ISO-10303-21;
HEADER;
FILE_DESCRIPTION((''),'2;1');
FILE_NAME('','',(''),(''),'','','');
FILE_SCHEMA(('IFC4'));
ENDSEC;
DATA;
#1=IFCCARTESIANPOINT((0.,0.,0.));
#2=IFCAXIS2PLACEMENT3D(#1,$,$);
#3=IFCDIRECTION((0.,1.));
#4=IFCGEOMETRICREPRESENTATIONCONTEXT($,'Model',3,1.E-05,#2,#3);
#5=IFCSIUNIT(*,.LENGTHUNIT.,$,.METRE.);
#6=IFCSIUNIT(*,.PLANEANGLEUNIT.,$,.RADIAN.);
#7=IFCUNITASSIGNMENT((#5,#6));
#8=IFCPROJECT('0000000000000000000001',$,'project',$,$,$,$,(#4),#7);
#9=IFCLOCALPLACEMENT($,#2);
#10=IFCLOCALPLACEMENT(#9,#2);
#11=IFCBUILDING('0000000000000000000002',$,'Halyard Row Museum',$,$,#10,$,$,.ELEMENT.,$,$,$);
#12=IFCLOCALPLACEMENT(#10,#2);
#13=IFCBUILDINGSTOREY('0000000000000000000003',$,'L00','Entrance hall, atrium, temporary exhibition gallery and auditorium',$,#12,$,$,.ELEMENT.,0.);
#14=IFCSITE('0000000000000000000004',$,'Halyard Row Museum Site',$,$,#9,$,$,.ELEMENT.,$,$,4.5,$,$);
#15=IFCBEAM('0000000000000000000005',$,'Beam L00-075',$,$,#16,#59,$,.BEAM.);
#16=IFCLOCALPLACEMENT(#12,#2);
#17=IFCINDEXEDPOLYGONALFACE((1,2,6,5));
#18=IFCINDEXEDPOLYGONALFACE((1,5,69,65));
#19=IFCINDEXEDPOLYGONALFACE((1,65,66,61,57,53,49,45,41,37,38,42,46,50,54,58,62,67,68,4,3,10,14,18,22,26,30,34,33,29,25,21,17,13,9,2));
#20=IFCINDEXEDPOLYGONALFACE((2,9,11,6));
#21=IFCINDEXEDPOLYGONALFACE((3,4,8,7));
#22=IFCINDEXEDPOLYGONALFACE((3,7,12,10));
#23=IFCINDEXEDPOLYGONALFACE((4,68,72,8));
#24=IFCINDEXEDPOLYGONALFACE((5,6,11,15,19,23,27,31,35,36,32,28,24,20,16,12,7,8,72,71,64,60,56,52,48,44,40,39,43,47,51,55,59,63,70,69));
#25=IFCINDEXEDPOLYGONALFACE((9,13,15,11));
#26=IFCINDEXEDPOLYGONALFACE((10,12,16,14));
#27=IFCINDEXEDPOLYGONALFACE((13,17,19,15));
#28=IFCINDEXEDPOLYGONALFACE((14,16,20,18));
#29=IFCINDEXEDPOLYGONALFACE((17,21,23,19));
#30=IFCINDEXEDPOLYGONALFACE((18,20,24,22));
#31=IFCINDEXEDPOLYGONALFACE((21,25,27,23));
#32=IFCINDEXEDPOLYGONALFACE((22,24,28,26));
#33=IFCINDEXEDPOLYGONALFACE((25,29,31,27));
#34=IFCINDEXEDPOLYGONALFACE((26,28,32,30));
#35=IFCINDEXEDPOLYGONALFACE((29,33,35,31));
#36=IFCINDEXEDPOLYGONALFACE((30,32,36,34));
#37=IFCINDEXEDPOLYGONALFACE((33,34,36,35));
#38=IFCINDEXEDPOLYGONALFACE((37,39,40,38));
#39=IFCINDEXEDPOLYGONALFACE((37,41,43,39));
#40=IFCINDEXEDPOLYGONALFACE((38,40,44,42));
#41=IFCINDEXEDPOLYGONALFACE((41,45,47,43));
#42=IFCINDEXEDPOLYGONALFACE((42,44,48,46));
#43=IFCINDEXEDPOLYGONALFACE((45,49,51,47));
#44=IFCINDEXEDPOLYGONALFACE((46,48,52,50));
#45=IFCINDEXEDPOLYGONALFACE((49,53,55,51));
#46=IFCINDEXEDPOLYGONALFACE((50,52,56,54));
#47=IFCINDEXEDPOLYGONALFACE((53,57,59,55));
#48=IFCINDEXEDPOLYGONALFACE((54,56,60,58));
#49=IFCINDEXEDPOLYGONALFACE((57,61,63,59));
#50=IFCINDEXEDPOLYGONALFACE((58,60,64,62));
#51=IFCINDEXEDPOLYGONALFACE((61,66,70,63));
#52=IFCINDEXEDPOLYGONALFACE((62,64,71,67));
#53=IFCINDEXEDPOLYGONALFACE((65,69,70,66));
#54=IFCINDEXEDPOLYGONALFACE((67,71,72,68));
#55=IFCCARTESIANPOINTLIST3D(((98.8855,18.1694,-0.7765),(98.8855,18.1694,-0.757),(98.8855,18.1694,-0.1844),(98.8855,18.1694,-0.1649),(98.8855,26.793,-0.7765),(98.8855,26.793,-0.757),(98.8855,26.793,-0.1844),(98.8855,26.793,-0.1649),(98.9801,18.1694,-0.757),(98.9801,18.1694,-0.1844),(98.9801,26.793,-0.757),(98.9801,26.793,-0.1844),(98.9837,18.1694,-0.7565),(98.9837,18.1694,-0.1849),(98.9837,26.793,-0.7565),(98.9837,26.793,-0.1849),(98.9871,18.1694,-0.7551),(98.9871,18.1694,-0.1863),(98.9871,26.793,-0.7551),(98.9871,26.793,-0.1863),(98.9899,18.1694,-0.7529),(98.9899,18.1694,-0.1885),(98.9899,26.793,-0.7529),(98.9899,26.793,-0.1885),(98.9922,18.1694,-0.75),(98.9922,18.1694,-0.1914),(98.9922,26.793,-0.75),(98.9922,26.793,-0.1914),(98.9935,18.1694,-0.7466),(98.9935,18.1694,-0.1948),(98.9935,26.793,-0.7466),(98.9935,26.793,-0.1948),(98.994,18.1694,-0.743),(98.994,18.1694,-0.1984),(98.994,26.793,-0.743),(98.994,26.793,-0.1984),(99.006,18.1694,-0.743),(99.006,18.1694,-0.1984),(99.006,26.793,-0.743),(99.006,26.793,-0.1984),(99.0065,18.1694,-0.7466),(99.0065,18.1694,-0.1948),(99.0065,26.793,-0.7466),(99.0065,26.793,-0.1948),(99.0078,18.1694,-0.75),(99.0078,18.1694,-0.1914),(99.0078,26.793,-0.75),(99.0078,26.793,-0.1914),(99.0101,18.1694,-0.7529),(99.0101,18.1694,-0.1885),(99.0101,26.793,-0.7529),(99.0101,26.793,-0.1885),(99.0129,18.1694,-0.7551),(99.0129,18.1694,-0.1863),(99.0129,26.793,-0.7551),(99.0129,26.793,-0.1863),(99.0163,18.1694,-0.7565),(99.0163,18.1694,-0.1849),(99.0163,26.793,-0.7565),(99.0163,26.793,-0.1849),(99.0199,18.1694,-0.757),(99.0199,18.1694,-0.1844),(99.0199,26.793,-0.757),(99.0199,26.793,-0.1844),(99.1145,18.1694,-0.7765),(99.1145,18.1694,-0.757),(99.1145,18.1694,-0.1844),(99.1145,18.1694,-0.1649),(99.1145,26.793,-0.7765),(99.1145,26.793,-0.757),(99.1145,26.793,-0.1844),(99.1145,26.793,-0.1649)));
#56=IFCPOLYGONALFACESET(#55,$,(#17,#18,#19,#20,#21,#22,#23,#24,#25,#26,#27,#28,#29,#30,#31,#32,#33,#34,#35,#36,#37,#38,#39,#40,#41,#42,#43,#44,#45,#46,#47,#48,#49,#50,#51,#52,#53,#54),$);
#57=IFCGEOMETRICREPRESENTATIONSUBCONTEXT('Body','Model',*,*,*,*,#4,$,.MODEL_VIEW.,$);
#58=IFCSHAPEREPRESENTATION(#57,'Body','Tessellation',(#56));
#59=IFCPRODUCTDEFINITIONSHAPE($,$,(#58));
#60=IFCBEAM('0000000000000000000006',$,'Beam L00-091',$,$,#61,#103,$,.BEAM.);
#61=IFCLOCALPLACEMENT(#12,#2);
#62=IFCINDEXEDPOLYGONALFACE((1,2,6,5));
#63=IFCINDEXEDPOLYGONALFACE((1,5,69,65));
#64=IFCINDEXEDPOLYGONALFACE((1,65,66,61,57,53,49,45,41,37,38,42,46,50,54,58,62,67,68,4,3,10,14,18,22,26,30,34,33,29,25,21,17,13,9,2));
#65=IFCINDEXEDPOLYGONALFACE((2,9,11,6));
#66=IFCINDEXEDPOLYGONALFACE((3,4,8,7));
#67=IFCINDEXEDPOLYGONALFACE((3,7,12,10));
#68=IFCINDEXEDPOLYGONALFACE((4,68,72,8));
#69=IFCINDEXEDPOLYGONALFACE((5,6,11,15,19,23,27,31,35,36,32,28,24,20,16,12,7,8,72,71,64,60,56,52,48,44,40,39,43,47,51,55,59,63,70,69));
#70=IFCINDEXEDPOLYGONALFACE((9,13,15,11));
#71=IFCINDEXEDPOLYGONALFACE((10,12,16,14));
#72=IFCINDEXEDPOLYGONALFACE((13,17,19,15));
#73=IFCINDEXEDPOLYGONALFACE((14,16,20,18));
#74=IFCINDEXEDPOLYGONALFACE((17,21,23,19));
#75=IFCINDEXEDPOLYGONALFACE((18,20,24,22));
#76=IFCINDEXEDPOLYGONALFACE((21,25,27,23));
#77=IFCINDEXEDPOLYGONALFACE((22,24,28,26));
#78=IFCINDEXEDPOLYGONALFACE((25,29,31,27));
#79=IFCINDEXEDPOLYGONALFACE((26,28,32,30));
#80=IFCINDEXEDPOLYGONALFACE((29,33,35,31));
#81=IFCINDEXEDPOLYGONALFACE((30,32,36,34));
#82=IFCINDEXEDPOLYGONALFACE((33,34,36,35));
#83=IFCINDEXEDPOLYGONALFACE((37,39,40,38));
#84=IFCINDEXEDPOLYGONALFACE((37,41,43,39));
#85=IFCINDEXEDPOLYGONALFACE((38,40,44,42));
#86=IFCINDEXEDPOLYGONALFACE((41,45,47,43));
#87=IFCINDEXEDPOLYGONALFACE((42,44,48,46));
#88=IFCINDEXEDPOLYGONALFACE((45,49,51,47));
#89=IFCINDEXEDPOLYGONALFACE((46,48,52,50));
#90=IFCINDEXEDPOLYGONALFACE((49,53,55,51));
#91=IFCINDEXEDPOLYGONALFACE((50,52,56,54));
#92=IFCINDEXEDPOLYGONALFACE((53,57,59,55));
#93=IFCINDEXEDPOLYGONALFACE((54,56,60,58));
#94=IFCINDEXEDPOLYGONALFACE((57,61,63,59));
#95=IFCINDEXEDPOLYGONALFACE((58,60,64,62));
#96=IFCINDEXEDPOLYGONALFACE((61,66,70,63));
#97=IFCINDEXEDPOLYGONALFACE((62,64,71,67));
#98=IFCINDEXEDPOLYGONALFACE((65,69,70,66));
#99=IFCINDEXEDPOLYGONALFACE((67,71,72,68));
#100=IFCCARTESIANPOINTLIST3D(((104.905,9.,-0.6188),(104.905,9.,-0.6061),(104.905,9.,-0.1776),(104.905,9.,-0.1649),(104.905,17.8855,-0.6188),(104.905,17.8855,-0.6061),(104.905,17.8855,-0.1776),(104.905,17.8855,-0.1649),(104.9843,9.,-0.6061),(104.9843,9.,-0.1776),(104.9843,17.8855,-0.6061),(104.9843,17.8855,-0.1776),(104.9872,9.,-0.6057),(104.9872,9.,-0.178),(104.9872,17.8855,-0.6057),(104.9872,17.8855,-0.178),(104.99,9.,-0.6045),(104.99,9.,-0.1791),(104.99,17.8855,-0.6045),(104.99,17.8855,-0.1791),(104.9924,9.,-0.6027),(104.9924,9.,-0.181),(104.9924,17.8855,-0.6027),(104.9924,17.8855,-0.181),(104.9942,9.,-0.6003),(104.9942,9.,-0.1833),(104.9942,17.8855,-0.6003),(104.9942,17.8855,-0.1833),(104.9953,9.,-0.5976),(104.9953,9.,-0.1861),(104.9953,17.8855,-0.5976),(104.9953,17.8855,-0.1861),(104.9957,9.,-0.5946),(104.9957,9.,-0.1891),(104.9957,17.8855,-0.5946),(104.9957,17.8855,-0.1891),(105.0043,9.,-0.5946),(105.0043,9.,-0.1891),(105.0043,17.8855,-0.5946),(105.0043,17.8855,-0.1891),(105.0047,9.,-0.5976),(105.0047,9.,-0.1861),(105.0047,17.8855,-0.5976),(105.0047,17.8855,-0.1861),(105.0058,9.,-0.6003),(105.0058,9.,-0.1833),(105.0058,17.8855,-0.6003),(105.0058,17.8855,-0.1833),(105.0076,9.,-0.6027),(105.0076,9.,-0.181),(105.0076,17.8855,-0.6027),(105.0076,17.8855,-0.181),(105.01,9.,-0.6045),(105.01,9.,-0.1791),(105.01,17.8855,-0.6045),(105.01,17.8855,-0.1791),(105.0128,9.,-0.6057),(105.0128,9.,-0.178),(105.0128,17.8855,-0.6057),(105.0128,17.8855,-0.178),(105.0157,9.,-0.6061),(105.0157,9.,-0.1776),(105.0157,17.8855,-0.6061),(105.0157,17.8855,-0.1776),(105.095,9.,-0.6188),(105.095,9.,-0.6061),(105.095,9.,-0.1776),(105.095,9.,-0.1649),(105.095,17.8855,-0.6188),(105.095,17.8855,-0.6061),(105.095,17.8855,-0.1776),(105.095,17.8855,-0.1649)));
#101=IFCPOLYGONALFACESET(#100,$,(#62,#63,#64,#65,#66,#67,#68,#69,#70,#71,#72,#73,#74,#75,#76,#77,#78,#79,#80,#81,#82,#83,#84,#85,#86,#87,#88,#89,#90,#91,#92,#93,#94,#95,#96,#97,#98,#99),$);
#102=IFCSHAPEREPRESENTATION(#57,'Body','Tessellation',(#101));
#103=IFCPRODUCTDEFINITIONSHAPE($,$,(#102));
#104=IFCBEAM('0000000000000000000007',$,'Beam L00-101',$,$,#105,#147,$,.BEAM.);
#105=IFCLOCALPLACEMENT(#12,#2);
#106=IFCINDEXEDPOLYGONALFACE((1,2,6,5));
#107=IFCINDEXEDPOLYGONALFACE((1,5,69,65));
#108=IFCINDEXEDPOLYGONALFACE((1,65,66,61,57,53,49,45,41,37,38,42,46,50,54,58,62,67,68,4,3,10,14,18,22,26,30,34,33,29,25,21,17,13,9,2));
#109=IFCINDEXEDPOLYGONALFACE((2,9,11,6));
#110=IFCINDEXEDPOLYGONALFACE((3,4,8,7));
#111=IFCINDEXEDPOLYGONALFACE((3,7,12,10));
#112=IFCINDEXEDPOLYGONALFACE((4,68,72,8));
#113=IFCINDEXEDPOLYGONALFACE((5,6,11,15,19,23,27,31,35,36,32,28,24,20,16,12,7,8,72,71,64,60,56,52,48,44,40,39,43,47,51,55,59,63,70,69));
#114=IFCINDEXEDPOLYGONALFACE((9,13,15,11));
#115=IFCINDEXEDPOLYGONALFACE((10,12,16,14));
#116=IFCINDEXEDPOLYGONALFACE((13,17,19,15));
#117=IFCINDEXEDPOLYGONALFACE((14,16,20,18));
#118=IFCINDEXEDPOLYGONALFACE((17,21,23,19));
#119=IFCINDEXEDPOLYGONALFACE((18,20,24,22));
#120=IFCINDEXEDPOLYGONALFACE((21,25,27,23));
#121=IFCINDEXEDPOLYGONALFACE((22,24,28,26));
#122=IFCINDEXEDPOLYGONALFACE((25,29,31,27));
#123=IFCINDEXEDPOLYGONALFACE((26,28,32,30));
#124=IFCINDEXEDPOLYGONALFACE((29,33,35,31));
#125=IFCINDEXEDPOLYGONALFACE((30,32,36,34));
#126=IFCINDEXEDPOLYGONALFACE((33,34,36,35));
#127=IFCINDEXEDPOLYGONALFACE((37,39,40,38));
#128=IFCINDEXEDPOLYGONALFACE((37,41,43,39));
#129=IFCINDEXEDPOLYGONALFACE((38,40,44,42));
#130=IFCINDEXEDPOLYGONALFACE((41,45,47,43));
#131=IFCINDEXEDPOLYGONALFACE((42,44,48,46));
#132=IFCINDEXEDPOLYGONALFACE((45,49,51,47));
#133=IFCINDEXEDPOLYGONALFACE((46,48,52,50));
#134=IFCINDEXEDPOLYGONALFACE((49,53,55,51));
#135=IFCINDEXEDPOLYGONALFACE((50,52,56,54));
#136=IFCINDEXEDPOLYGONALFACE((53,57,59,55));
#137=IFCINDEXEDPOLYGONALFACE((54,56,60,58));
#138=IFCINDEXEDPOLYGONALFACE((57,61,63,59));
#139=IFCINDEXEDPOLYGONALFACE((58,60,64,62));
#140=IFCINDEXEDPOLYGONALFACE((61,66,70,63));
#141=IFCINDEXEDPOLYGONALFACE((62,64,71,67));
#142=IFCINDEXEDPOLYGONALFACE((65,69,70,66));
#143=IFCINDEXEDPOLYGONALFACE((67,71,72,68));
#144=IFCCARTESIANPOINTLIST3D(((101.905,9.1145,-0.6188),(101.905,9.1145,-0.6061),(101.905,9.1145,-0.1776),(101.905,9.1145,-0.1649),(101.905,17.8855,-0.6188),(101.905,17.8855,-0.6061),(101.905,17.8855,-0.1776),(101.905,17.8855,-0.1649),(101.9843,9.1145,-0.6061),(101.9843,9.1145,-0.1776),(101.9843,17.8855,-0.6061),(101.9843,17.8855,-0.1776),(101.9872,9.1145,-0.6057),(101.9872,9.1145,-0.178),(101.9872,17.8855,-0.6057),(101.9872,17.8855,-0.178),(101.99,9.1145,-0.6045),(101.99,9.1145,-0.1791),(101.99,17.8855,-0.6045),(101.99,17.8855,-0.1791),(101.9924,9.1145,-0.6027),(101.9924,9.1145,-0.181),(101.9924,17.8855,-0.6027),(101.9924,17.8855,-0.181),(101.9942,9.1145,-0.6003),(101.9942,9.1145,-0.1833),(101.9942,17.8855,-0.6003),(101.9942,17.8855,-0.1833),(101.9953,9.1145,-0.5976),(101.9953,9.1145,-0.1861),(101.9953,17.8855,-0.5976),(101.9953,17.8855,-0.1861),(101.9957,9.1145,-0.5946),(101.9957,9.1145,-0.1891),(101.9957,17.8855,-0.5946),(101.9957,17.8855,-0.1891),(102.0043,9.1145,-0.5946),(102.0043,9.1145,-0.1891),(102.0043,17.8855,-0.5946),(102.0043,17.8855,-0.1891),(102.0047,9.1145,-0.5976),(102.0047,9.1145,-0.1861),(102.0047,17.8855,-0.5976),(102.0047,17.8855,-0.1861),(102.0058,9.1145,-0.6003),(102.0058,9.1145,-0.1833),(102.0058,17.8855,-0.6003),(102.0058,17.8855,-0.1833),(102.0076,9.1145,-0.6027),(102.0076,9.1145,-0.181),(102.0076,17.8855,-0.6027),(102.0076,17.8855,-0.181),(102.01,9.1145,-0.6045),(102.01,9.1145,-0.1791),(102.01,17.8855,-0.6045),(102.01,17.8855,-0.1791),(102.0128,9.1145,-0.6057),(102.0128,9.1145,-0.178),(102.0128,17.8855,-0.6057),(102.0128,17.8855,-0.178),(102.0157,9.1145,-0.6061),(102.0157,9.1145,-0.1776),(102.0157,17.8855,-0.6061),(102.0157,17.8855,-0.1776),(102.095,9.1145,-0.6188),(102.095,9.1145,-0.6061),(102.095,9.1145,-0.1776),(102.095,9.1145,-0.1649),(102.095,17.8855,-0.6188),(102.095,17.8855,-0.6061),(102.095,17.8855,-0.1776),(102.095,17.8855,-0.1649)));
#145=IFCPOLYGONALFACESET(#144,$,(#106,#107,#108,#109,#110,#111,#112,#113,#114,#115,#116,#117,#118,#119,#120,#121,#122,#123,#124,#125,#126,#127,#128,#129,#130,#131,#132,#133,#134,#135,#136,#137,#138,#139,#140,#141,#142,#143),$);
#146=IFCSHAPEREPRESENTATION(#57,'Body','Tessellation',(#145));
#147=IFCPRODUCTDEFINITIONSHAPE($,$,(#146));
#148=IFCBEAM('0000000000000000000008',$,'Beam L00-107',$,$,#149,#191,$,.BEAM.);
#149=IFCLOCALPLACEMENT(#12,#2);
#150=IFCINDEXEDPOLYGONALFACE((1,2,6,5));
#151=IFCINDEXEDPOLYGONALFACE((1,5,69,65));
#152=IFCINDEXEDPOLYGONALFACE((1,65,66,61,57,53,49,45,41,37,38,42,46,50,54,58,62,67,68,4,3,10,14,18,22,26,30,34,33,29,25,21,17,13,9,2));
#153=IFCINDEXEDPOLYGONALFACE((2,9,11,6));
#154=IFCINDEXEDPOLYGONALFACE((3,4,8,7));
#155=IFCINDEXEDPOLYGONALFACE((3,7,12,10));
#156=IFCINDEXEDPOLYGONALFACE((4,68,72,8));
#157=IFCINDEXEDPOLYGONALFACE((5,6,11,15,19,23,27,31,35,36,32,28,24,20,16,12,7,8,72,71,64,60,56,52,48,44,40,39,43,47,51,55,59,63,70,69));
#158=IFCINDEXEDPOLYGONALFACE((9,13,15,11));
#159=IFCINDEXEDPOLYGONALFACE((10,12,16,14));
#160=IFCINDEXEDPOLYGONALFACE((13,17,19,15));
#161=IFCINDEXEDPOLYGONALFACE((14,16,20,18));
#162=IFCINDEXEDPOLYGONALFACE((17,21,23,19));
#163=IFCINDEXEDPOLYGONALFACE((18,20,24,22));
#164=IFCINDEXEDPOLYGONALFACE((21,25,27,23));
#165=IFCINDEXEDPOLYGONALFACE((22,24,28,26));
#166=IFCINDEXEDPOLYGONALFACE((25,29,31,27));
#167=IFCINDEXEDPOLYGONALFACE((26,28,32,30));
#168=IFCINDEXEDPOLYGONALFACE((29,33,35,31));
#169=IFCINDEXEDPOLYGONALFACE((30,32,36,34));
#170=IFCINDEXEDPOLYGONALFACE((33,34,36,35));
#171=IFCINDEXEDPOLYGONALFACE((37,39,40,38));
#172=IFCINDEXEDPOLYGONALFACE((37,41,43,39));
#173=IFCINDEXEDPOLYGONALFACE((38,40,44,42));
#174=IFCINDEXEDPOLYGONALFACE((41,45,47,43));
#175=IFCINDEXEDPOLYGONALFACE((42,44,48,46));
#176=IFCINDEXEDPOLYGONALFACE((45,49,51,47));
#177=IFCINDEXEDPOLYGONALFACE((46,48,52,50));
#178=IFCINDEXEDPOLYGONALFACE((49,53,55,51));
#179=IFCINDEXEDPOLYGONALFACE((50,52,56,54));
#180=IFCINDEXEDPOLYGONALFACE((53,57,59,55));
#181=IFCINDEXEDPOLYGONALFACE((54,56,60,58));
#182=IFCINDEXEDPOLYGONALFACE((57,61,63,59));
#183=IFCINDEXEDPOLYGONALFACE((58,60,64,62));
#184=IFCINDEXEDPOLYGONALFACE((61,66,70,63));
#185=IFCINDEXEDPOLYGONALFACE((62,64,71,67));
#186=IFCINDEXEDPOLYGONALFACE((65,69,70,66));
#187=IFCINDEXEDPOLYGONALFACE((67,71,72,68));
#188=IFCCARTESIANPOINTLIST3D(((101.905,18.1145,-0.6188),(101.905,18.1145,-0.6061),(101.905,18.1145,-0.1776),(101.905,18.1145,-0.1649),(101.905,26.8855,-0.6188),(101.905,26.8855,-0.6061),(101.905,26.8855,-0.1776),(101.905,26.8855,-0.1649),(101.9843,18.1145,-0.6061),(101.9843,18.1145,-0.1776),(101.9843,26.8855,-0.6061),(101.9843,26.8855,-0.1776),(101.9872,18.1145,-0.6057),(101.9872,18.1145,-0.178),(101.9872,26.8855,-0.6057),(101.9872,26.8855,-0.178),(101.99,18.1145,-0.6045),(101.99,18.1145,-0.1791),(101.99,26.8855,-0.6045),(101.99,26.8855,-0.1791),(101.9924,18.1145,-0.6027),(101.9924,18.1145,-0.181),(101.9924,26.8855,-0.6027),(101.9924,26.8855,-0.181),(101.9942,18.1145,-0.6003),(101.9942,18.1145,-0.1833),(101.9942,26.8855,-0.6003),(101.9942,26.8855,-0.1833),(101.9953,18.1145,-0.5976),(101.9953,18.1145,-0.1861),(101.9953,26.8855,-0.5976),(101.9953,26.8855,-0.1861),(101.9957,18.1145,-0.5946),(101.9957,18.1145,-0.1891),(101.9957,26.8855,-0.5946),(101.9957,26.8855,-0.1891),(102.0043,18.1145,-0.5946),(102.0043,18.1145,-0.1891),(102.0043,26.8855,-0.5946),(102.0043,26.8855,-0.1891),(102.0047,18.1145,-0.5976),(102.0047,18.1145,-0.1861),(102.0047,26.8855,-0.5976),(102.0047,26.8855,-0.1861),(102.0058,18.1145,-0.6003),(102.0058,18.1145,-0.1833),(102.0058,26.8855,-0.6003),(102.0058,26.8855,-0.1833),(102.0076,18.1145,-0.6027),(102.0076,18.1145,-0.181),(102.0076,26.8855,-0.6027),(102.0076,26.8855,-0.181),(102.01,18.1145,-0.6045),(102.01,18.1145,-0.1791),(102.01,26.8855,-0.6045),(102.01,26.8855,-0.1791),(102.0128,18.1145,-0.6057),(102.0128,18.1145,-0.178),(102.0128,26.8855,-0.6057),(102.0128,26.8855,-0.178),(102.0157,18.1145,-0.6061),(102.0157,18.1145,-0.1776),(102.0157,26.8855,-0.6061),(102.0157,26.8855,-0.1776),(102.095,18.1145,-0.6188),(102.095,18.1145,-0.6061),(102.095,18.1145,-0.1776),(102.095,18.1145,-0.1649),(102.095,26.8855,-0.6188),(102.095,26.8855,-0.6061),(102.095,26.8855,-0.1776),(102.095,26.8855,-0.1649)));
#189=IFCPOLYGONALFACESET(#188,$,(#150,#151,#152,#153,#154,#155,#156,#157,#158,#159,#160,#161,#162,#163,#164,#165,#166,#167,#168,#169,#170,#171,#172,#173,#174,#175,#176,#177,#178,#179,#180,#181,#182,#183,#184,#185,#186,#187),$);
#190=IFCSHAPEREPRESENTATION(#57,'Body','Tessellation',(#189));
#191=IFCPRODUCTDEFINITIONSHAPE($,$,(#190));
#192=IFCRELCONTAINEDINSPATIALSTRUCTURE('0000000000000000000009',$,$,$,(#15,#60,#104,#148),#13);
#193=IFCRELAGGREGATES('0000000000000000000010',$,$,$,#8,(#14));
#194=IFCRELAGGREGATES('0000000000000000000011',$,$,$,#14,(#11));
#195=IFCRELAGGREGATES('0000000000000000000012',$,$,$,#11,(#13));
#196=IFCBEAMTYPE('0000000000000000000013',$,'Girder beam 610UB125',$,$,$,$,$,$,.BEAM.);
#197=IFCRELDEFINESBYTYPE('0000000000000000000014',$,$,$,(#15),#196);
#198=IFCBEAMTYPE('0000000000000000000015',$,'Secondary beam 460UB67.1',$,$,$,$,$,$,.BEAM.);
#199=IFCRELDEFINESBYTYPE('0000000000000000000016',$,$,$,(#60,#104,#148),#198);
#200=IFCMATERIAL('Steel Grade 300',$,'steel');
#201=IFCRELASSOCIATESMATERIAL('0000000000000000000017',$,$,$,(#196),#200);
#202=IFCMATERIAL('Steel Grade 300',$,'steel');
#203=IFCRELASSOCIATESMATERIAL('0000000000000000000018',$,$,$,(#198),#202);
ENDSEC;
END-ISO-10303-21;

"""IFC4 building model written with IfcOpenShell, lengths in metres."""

from ifc_helpers import new_model, si_unit, direction, frame, origin, origin_2d, place, context, subcontext, project, spatial, i_section, extrude, material, material_profile, profile_set, type_object, element, save


model = new_model("IFC4")

# Units and contexts
model_context = context("Model", 3, precision=1e-05, world=origin(), true_north=direction((0.0, 1.0)))
body_context = subcontext(model_context, "Body", "Model", "MODEL_VIEW")
ifc_project = project(units=[si_unit("LENGTHUNIT", "METRE"), si_unit("PLANEANGLEUNIT", "RADIAN")], contexts=[model_context])

# Site, building, storey
site_placement = place(None, origin())
site = spatial("IfcSite", under=ifc_project, at=site_placement, Name="Halyard Row Museum Site", CompositionType="ELEMENT", RefElevation=4.5)
building_placement = place(site_placement, origin())
building = spatial("IfcBuilding", under=site, at=building_placement, Name="Halyard Row Museum", CompositionType="ELEMENT")
storey_placement = place(building_placement, origin())
storey = spatial("IfcBuildingStorey", under=building, at=storey_placement, Name="L00", Description="Entrance hall, atrium, temporary exhibition gallery and auditorium", CompositionType="ELEMENT", Elevation=0.0)

# Beams
ifc_material_1 = material(Name="Steel Grade 300", Category="steel")
ifc_material_profile_1 = material_profile(ifc_material_1, i_section(OverallWidth=0.229, OverallDepth=0.6116, WebThickness=0.012, FlangeThickness=0.0195, FilletRadius=0.0139, at=origin_2d()), Name="610UB125")
ifc_profile_set_1 = profile_set([ifc_material_profile_1], Name="Steel Grade 300")
beam_type_1 = type_object("IfcBeamType", Name="Girder beam 610UB125", PredefinedType="BEAM", material=ifc_profile_set_1)
for number, where, z_axis, x_axis, name in (
    (1, (99.0, 18.1694, -0.4707), (0.0, 1.0, 0.0), (-1.0, 0.0, 0.0), "Beam L00-075"),
):
    element("IfcBeam", number, at=place(storey_placement, frame(where, z_axis=z_axis, x_axis=x_axis)), inside=storey, type_object=beam_type_1, Name=name, PredefinedType="BEAM", context=body_context, shape_type="SweptSolid", body=[
        extrude(i_section(OverallWidth=0.229, OverallDepth=0.6116, WebThickness=0.012, FlangeThickness=0.0195, FilletRadius=0.0139, at=origin_2d()), origin(), (0.0, 0.0, 1.0), 8.6235),
    ])
ifc_material_2 = material(Name="Steel Grade 300", Category="steel")
ifc_material_profile_2 = material_profile(ifc_material_2, i_section(OverallWidth=0.1899, OverallDepth=0.4539, WebThickness=0.0085, FlangeThickness=0.0127, FilletRadius=0.0115, at=origin_2d()), Name="460UB67.1")
ifc_profile_set_2 = profile_set([ifc_material_profile_2], Name="Steel Grade 300")
beam_type_2 = type_object("IfcBeamType", Name="Secondary beam 460UB67.1", PredefinedType="BEAM", material=ifc_profile_set_2)
beam_1_placement = place(storey_placement, frame((105.0, 9.0, -0.3918), z_axis=(0.0, 1.0, 0.0), x_axis=(-1.0, 0.0, 0.0)))
element("IfcBeam", 2, at=beam_1_placement, inside=storey, type_object=beam_type_2, Name="Beam L00-091", PredefinedType="BEAM", context=body_context, shape_type="SweptSolid", body=[
    extrude(i_section(OverallWidth=0.1899, OverallDepth=0.4539, WebThickness=0.0085, FlangeThickness=0.0127, FilletRadius=0.0115, at=origin_2d()), origin(), (0.0, 0.0, 1.0), 8.8855),
])
for number, where, z_axis, x_axis, name in (
    (3, (102.0, 9.1145, -0.3918), (0.0, 1.0, 0.0), (-1.0, 0.0, 0.0), "Beam L00-101"),
    (4, (102.0, 18.1145, -0.3918), (0.0, 1.0, 0.0), (-1.0, 0.0, 0.0), "Beam L00-107"),
):
    element("IfcBeam", number, at=place(storey_placement, frame(where, z_axis=z_axis, x_axis=x_axis)), inside=storey, type_object=beam_type_2, Name=name, PredefinedType="BEAM", context=body_context, shape_type="SweptSolid", body=[
        extrude(i_section(OverallWidth=0.1899, OverallDepth=0.4539, WebThickness=0.0085, FlangeThickness=0.0127, FilletRadius=0.0115, at=origin_2d()), origin(), (0.0, 0.0, 1.0), 8.771),
    ])

save(model, "model.ifc")
